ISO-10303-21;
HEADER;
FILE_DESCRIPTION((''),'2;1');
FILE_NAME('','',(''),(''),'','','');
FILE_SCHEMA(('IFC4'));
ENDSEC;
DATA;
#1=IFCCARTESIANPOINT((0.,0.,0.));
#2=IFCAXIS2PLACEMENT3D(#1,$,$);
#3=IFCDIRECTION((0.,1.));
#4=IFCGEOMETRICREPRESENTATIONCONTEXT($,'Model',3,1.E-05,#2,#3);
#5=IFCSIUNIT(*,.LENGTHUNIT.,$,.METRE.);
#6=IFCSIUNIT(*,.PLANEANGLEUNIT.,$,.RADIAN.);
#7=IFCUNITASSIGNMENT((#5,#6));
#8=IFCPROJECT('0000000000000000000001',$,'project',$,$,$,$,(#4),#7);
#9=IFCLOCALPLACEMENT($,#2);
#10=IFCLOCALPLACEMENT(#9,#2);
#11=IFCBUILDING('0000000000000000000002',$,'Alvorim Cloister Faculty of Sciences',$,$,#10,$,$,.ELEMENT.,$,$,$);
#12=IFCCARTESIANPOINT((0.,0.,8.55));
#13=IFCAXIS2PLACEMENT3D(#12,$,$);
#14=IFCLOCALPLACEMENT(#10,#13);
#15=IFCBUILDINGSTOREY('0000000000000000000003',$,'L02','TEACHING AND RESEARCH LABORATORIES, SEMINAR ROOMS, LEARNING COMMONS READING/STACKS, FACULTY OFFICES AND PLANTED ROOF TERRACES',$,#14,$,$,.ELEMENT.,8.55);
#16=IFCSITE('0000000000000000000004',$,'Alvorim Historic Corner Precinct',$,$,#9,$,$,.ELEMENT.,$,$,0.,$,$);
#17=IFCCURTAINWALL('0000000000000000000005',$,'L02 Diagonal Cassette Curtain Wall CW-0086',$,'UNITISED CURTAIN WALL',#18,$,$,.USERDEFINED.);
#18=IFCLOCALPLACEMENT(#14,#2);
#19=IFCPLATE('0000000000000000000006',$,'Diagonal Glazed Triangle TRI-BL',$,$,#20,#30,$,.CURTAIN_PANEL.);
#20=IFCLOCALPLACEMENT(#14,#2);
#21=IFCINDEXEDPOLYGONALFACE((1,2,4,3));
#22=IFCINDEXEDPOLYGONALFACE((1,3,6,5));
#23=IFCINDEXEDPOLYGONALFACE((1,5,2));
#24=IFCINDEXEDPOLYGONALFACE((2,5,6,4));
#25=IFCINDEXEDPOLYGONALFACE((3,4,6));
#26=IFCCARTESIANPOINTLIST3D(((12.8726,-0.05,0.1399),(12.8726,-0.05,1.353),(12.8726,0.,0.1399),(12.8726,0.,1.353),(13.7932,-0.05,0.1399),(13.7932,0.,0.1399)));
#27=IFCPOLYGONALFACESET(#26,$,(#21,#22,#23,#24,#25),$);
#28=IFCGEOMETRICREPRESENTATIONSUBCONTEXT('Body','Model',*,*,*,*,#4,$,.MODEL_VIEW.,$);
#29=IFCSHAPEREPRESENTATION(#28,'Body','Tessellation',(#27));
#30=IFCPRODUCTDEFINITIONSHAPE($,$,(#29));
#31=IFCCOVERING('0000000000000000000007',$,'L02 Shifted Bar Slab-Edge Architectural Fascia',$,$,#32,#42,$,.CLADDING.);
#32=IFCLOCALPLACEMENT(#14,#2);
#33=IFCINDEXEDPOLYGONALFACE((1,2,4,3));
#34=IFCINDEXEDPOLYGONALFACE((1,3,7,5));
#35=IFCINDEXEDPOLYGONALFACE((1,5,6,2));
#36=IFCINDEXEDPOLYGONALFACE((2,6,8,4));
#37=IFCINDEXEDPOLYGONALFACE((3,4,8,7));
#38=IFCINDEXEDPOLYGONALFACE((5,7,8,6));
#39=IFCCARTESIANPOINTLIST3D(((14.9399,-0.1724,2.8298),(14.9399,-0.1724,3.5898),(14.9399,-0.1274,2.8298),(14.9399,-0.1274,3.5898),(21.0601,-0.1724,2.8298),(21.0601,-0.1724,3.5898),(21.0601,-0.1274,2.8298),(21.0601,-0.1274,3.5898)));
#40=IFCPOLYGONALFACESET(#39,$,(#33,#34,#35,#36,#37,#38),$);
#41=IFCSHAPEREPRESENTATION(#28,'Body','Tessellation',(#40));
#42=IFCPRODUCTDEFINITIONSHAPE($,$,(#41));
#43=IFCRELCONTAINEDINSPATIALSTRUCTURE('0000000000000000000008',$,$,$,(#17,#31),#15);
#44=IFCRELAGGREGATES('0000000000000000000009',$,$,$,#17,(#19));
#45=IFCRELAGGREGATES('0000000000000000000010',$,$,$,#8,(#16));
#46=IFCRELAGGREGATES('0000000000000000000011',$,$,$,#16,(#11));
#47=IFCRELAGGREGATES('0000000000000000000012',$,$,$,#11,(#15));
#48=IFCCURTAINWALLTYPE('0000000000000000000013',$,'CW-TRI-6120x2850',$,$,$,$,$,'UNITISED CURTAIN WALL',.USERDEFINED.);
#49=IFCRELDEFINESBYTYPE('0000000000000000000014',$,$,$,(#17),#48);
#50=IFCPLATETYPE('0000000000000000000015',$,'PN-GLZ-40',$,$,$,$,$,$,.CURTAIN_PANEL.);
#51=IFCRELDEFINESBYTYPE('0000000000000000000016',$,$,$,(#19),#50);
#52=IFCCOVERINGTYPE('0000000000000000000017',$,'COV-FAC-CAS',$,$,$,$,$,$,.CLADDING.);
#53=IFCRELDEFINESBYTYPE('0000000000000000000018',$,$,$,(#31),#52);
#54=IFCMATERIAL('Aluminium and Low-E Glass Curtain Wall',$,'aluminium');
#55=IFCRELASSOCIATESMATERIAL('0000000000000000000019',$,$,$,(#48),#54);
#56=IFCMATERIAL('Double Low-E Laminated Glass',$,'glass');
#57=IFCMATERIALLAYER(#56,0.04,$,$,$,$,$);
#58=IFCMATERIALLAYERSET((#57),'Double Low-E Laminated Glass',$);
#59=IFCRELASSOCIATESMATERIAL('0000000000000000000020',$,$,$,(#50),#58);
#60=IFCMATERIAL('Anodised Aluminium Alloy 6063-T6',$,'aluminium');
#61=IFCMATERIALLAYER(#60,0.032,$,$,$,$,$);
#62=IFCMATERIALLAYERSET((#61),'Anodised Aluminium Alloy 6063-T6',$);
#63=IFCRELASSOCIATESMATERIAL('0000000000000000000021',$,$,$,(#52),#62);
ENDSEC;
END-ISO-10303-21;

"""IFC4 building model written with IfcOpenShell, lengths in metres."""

from ifc_helpers import new_model, si_unit, direction, frame, origin, place, context, subcontext, project, spatial, polyline, outline, extrude, material, layer, layer_set, type_object, element, aggregate, save


model = new_model("IFC4")

# Units and contexts
model_context = context("Model", 3, precision=1e-05, world=origin(), true_north=direction((0.0, 1.0)))
body_context = subcontext(model_context, "Body", "Model", "MODEL_VIEW")
ifc_project = project(units=[si_unit("LENGTHUNIT", "METRE"), si_unit("PLANEANGLEUNIT", "RADIAN")], contexts=[model_context])

# Site, building, storey
site_placement = place(None, origin())
site = spatial("IfcSite", under=ifc_project, at=site_placement, Name="Alvorim Historic Corner Precinct", CompositionType="ELEMENT", RefElevation=0.0)
building_placement = place(site_placement, origin())
building = spatial("IfcBuilding", under=site, at=building_placement, Name="Alvorim Cloister Faculty of Sciences", CompositionType="ELEMENT")
storey_placement = place(building_placement, frame((0.0, 0.0, 8.55)))
storey = spatial("IfcBuildingStorey", under=building, at=storey_placement, Name="L02", Description="TEACHING AND RESEARCH LABORATORIES, SEMINAR ROOMS, LEARNING COMMONS READING/STACKS, FACULTY OFFICES AND PLANTED ROOF TERRACES", CompositionType="ELEMENT", Elevation=8.55)

# Curtain wall
ifc_material_1 = material(Name="Aluminium and Low-E Glass Curtain Wall", Category="aluminium")
curtain_wall_type = type_object("IfcCurtainWallType", Name="CW-TRI-6120x2850", ElementType="UNITISED CURTAIN WALL", PredefinedType="USERDEFINED", material=ifc_material_1)
curtain_wall_1_placement = place(storey_placement, origin())
curtain_wall_1 = element("IfcCurtainWall", 1, at=curtain_wall_1_placement, inside=storey, type_object=curtain_wall_type, Name="L02 Diagonal Cassette Curtain Wall CW-0086", ObjectType="UNITISED CURTAIN WALL", PredefinedType="USERDEFINED")

# Plate
ifc_material_2 = material(Name="Double Low-E Laminated Glass", Category="glass")
ifc_layer_1 = layer(ifc_material_2, 0.04)
ifc_layer_set_1 = layer_set([ifc_layer_1], Name="Double Low-E Laminated Glass")
plate_type = type_object("IfcPlateType", Name="PN-GLZ-40", PredefinedType="CURTAIN_PANEL", material=ifc_layer_set_1)
plate_1_placement = place(storey_placement, frame((12.8726, -0.0249, 0.1399), z_axis=(0.0, 0.0, 1.0), x_axis=(1.0, 0.0, 0.0)))
plate_1 = element("IfcPlate", 2, at=plate_1_placement, type_object=plate_type, Name="Diagonal Glazed Triangle TRI-BL", PredefinedType="CURTAIN_PANEL", context=body_context, shape_type="SweptSolid", body=[
    extrude(outline(polyline([(0.0, 0.0), (0.9207, 0.0), (0.0, 1.2131), (0.0, 0.0)])), frame((0.0, 0.0249, 0.0), z_axis=(0.0, -1.0, 0.0), x_axis=(1.0, 0.0, 0.0)), (0.0, 0.0, 1.0), 0.05),
])
aggregate(curtain_wall_1, [plate_1])

# Covering
ifc_material_3 = material(Name="Anodised Aluminium Alloy 6063-T6", Category="aluminium")
ifc_layer_2 = layer(ifc_material_3, 0.032)
ifc_layer_set_2 = layer_set([ifc_layer_2], Name="Anodised Aluminium Alloy 6063-T6")
covering_type = type_object("IfcCoveringType", Name="COV-FAC-CAS", PredefinedType="CLADDING", material=ifc_layer_set_2)
covering_placement = place(storey_placement, frame((14.9399, -0.1499, 2.8298), z_axis=(0.0, 0.0, 1.0), x_axis=(1.0, 0.0, 0.0)))
element("IfcCovering", 3, at=covering_placement, inside=storey, type_object=covering_type, Name="L02 Shifted Bar Slab-Edge Architectural Fascia", PredefinedType="CLADDING", context=body_context, shape_type="SweptSolid", body=[
    extrude(outline(polyline([(0.0, 0.0), (6.1201, 0.0), (6.1201, 0.76), (0.0, 0.76), (0.0, 0.0)])), frame((0.0, 0.0225, 0.0), z_axis=(0.0, -1.0, 0.0), x_axis=(1.0, 0.0, 0.0)), (0.0, 0.0, 1.0), 0.0449),
])

save(model, "model.ifc")
